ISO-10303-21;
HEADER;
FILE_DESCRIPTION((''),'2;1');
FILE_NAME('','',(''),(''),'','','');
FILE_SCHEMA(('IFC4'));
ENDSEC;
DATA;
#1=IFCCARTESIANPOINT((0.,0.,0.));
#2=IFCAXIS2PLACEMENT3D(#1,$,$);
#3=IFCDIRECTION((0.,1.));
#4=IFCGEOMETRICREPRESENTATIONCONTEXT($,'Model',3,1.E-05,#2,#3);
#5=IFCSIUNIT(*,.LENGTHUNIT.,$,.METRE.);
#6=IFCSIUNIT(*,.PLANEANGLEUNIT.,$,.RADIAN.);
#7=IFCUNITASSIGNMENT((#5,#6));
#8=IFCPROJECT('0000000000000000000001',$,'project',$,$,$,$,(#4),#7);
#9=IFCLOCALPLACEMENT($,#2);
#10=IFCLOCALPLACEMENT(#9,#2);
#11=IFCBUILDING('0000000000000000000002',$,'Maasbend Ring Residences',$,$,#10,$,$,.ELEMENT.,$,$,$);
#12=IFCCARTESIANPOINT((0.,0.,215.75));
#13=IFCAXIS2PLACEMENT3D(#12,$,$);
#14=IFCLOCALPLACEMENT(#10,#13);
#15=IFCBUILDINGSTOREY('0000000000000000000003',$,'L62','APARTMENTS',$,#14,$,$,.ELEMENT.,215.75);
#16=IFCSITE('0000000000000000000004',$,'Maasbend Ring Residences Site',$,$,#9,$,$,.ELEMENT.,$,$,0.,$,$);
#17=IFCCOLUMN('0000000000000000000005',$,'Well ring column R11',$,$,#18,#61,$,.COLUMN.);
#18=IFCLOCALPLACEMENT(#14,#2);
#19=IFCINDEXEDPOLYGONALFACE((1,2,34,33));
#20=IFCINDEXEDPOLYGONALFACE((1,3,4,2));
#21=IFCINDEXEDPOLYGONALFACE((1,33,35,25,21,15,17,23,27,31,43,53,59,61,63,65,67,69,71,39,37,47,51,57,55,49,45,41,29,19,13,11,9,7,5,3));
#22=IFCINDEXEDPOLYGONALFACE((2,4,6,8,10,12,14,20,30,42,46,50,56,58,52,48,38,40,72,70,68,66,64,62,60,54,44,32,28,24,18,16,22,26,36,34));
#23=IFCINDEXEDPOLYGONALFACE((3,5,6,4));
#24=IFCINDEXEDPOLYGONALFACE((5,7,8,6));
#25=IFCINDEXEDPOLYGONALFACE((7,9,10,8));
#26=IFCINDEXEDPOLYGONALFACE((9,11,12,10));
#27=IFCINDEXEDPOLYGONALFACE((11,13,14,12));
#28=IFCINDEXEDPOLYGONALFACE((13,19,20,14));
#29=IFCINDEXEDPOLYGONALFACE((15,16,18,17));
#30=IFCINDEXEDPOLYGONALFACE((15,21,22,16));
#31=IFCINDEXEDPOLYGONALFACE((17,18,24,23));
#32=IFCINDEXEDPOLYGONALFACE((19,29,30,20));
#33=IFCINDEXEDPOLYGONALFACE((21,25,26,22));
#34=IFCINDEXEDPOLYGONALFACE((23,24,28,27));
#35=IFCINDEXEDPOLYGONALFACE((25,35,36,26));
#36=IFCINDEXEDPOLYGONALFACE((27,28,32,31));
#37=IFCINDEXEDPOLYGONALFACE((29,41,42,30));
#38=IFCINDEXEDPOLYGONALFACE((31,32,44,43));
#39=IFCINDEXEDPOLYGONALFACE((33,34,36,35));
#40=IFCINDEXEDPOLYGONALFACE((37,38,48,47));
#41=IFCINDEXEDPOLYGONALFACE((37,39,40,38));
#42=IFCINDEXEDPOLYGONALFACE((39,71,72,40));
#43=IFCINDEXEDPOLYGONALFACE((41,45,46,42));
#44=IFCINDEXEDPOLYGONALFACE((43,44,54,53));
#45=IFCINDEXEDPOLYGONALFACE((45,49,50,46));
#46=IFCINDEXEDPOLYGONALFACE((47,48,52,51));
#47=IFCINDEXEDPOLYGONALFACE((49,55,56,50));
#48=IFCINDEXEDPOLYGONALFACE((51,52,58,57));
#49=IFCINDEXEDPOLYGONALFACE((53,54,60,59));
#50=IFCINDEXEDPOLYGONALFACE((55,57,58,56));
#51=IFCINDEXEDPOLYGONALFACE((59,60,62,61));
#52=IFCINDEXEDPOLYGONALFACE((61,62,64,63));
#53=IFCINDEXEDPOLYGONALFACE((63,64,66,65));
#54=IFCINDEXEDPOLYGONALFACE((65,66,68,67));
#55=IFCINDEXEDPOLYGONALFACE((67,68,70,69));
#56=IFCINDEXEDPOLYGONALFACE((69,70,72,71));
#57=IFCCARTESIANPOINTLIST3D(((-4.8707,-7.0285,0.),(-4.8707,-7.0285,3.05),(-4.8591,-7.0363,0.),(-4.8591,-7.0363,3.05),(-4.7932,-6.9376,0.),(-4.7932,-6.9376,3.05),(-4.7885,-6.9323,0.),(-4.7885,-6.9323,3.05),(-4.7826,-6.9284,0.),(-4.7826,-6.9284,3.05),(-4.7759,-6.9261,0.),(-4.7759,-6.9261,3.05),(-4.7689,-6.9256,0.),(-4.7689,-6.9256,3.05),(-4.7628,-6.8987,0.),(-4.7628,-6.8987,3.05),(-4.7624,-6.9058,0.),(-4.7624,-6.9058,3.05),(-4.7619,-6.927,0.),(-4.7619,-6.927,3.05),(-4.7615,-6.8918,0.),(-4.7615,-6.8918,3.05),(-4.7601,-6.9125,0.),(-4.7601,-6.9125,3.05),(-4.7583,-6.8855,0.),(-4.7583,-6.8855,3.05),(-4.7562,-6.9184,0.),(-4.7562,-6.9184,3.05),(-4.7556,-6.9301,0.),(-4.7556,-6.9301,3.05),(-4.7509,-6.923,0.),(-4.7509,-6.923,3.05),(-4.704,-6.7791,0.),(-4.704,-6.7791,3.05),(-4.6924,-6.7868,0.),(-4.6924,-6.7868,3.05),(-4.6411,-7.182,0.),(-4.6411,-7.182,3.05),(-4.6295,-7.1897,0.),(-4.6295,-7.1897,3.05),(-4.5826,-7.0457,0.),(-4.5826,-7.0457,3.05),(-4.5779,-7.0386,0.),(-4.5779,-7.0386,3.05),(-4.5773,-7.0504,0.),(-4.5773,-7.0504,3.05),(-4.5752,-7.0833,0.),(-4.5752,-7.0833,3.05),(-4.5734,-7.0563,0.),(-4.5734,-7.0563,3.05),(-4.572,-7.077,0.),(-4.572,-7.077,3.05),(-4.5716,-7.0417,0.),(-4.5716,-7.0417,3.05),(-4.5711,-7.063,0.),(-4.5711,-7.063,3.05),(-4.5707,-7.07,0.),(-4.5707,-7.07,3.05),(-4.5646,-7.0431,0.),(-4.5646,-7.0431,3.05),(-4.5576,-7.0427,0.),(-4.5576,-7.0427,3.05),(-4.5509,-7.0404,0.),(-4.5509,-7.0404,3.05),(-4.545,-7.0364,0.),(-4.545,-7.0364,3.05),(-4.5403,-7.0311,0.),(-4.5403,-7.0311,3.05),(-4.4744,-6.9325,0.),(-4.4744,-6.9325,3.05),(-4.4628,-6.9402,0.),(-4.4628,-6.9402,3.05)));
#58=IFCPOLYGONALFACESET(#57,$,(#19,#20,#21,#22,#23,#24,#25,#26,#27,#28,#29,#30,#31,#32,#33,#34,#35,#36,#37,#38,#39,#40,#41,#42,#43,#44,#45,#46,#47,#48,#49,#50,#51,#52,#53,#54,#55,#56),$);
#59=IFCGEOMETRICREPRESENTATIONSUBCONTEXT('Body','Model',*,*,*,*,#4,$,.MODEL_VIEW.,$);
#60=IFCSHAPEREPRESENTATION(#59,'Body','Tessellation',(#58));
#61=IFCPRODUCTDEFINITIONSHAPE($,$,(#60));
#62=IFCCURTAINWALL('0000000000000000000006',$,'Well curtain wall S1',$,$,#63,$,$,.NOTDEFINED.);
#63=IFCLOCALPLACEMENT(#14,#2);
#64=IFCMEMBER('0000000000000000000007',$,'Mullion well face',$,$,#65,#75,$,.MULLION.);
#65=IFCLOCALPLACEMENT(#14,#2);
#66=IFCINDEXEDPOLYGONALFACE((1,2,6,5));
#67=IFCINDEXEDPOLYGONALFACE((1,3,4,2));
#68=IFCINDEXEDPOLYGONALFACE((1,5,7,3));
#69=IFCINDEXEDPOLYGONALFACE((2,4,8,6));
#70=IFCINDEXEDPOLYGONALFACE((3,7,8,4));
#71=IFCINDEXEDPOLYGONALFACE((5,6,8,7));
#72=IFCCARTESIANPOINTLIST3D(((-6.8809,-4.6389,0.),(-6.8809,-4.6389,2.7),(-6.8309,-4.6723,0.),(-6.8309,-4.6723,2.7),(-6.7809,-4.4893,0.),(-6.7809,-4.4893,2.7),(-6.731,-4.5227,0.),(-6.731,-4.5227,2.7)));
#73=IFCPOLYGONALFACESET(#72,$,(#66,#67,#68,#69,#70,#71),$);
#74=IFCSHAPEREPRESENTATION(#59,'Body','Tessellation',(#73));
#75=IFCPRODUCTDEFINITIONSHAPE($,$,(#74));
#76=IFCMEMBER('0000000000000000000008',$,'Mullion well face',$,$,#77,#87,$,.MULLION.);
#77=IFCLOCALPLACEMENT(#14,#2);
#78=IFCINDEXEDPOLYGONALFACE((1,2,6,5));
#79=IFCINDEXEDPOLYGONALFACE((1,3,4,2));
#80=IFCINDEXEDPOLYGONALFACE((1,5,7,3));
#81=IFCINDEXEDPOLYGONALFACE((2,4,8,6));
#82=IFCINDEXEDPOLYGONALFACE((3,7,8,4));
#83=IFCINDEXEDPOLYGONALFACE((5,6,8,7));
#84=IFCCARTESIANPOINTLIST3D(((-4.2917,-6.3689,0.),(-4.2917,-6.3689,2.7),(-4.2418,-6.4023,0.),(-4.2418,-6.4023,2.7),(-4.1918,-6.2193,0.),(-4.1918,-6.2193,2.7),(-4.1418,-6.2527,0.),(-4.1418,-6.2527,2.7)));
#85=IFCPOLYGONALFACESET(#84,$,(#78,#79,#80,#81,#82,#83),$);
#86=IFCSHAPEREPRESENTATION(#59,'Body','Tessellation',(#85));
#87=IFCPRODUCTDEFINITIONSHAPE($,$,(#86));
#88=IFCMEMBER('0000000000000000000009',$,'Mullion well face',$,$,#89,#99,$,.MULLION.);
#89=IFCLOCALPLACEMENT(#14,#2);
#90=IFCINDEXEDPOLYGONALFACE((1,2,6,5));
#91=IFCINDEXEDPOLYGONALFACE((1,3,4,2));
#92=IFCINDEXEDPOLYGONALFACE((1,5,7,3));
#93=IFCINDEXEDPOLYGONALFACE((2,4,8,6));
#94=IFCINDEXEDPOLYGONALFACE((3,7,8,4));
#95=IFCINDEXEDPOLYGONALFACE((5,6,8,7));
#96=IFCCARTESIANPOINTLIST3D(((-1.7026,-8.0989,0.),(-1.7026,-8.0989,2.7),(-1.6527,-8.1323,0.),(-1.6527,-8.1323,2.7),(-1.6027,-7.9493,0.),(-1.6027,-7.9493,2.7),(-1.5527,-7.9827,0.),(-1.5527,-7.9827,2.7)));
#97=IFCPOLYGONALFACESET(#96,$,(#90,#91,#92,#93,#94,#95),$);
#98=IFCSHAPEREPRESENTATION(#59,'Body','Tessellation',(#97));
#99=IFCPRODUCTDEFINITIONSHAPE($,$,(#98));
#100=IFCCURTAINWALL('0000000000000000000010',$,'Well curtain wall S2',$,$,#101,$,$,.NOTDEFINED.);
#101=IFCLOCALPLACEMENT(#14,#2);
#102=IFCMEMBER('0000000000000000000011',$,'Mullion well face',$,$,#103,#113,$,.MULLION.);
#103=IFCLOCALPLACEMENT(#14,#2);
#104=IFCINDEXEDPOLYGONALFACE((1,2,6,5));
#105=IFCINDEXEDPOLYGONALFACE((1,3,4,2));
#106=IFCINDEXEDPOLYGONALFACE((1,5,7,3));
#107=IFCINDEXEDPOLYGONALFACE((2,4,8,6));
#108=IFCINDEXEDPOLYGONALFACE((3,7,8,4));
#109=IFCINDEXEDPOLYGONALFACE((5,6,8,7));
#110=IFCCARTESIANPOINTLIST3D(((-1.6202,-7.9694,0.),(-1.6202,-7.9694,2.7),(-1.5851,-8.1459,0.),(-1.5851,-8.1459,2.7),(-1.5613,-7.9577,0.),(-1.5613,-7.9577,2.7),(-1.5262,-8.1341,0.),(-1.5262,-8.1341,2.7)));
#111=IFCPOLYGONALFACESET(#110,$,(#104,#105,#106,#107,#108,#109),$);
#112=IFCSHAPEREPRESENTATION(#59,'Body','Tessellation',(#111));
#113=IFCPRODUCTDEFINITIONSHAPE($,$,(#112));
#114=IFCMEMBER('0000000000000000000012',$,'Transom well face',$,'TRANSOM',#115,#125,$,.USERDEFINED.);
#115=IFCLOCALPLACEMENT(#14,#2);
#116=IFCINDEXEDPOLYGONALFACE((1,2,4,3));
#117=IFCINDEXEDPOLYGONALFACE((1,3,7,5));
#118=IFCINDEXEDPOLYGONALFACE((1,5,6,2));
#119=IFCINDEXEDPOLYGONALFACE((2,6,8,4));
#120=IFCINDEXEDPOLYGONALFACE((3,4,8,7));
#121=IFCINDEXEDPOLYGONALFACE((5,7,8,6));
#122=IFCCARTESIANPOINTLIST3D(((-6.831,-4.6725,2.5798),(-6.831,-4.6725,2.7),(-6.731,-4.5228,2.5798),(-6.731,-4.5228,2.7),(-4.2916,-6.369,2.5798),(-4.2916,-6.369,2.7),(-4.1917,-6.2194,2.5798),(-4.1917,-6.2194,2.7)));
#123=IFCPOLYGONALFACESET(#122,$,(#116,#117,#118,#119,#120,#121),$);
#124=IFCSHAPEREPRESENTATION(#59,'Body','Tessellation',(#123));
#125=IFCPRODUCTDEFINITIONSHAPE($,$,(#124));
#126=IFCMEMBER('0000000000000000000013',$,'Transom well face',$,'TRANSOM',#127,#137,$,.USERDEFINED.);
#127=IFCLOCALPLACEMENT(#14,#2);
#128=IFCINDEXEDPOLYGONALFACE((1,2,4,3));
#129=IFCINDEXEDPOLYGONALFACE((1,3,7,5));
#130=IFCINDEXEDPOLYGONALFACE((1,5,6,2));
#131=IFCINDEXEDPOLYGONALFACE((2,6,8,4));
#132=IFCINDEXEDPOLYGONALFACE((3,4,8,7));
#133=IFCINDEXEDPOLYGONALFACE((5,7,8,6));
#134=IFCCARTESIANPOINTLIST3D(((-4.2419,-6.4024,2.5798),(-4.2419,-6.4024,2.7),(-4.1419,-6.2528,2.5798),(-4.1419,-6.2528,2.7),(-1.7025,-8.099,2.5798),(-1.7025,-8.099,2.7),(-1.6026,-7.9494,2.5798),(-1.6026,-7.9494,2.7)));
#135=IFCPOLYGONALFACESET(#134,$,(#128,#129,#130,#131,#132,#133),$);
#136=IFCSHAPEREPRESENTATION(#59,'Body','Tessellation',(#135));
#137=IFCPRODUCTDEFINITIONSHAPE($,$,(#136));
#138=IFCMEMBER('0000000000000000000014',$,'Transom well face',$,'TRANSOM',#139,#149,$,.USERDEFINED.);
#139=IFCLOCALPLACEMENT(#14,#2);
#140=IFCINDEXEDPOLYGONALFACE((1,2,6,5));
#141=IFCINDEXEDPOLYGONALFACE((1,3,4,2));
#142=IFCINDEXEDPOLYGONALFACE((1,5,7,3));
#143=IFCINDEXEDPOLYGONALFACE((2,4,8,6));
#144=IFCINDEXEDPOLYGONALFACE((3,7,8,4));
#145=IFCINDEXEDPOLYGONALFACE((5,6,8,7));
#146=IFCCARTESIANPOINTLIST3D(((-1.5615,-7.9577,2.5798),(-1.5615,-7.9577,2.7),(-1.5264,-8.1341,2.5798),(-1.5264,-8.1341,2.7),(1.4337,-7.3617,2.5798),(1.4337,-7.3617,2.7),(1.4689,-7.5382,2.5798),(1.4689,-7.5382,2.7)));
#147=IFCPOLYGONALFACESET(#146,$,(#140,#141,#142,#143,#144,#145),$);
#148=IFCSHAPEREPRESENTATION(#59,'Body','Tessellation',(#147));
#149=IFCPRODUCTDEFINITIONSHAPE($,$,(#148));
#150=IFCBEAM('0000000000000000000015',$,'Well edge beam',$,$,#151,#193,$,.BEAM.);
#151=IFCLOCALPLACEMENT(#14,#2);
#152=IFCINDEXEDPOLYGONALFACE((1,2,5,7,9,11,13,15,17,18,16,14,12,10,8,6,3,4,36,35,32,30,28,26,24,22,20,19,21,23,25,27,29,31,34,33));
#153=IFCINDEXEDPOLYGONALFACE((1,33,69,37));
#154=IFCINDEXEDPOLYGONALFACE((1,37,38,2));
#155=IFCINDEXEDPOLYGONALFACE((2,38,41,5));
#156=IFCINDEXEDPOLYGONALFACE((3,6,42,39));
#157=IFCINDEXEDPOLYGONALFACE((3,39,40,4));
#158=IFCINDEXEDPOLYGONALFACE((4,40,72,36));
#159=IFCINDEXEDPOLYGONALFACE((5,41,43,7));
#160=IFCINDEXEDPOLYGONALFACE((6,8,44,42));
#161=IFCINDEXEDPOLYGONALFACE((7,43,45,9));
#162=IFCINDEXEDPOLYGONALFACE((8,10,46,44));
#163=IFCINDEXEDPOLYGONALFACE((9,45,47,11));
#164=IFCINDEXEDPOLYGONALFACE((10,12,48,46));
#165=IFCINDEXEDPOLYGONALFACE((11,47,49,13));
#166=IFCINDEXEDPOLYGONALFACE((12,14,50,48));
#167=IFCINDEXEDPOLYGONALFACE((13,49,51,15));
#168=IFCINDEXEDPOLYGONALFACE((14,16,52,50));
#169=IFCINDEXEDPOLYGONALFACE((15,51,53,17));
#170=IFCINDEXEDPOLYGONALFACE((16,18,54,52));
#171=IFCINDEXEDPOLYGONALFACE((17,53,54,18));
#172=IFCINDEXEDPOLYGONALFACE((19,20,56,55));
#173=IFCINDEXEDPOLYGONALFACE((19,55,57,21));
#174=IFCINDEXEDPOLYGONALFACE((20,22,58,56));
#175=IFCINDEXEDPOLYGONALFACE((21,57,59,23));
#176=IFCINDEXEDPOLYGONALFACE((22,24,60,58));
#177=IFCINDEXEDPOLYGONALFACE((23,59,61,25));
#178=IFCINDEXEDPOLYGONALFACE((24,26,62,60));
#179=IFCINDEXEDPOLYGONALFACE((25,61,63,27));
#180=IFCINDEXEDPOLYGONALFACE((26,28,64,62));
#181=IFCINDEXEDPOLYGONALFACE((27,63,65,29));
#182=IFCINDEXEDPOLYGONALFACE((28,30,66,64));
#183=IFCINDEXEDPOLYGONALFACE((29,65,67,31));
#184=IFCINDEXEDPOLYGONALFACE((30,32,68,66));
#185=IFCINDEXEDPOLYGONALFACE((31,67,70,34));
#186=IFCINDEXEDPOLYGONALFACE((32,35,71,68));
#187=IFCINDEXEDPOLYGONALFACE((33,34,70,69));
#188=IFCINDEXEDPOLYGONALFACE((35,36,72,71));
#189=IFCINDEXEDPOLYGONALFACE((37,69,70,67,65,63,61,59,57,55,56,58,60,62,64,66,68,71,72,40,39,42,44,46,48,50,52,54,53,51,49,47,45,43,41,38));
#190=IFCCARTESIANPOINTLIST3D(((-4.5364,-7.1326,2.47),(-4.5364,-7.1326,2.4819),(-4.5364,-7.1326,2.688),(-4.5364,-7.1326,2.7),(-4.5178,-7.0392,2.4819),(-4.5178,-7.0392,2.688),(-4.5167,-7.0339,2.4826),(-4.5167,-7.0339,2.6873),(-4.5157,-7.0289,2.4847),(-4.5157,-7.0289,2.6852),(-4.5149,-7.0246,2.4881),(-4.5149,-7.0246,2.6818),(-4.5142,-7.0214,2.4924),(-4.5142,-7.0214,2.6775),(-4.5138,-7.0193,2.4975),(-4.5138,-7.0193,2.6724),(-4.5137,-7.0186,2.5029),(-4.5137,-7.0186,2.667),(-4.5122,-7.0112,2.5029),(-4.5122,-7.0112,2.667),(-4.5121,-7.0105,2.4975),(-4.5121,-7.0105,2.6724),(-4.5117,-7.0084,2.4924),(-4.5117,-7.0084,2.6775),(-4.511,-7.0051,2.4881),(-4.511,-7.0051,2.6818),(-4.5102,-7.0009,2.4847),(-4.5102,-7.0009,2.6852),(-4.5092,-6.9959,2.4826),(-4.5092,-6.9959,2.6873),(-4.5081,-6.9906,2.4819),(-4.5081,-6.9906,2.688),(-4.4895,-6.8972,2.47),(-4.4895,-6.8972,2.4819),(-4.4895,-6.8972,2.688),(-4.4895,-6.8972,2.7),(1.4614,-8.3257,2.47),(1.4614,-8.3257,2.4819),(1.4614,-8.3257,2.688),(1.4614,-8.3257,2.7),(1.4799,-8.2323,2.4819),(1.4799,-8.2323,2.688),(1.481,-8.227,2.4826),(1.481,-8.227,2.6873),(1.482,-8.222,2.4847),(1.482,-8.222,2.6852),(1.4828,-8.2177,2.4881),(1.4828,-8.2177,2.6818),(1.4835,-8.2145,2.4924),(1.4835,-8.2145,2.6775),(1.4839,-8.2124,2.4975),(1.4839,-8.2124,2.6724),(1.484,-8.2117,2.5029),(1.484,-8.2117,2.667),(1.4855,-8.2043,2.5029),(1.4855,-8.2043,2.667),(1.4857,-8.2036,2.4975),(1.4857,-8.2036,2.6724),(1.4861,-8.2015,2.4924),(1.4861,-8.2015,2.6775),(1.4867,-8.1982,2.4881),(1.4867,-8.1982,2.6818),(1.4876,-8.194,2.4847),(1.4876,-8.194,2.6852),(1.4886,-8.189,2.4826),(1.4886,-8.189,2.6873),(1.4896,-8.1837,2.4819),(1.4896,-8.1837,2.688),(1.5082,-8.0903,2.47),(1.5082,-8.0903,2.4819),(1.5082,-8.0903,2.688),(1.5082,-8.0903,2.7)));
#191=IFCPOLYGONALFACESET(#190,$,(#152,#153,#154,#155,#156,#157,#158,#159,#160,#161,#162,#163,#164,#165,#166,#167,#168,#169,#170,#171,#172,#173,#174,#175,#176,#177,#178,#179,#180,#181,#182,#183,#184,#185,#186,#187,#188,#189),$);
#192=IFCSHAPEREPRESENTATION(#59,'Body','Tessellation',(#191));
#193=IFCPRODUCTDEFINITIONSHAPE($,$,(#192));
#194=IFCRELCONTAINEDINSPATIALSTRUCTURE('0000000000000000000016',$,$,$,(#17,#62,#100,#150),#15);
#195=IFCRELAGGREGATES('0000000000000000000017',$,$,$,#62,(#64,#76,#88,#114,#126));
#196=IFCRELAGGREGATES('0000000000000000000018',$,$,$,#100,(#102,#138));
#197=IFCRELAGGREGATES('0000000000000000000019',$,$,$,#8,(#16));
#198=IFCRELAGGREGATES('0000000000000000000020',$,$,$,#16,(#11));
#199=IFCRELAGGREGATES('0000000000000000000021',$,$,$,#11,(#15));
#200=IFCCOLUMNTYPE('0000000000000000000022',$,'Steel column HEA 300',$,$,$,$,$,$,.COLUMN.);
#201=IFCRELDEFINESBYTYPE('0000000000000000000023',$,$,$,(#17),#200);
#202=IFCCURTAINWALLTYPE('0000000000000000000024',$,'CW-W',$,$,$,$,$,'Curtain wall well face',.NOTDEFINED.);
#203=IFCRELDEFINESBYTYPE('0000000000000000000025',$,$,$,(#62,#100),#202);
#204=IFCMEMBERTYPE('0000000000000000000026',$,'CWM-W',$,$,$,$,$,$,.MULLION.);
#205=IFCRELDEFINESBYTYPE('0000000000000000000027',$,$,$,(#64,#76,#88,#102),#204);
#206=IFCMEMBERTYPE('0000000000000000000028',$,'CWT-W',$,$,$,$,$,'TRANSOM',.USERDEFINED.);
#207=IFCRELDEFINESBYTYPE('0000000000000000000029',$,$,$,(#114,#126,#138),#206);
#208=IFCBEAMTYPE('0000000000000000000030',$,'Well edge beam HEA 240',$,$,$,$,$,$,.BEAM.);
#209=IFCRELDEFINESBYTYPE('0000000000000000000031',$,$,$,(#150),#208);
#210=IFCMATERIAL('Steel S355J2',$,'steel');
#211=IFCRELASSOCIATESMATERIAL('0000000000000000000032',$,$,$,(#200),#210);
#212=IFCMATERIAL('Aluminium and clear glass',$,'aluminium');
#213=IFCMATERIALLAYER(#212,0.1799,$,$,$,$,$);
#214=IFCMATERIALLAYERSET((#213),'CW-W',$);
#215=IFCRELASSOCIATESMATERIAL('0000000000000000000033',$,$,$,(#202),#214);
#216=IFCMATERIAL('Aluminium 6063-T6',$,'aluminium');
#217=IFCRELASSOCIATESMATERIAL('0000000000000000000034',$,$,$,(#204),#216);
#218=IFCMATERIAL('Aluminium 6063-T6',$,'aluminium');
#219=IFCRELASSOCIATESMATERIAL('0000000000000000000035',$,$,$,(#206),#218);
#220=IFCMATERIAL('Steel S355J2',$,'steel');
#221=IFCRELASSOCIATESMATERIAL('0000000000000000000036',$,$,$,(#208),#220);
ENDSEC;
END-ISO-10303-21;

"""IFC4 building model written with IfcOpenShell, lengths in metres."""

from ifc_helpers import new_model, si_unit, direction, frame, origin, origin_2d, place, context, subcontext, project, spatial, rectangle, i_section, extrude, material, layer, layer_set, material_profile, profile_set, type_object, element, aggregate, save


model = new_model("IFC4")

# Units and contexts
model_context = context("Model", 3, precision=1e-05, world=origin(), true_north=direction((0.0, 1.0)))
body_context = subcontext(model_context, "Body", "Model", "MODEL_VIEW")
ifc_project = project(units=[si_unit("LENGTHUNIT", "METRE"), si_unit("PLANEANGLEUNIT", "RADIAN")], contexts=[model_context])

# Site, building, storey
site_placement = place(None, origin())
site = spatial("IfcSite", under=ifc_project, at=site_placement, Name="Maasbend Ring Residences Site", CompositionType="ELEMENT", RefElevation=0.0)
building_placement = place(site_placement, origin())
building = spatial("IfcBuilding", under=site, at=building_placement, Name="Maasbend Ring Residences", CompositionType="ELEMENT")
storey_placement = place(building_placement, frame((0.0, 0.0, 215.75)))
storey = spatial("IfcBuildingStorey", under=building, at=storey_placement, Name="L62", Description="APARTMENTS", CompositionType="ELEMENT", Elevation=215.75)

# Column
ifc_material_1 = material(Name="Steel S355J2", Category="steel")
ifc_material_profile_1 = material_profile(ifc_material_1, i_section(OverallWidth=0.3, OverallDepth=0.29, WebThickness=0.0085, FlangeThickness=0.0139, FilletRadius=0.0271, at=origin_2d()), Name="HEA 300")
ifc_profile_set_1 = profile_set([ifc_material_profile_1], Name="Steel S355J2")
column_type = type_object("IfcColumnType", Name="Steel column HEA 300", PredefinedType="COLUMN", material=ifc_profile_set_1)
column_placement = place(storey_placement, frame((-4.6667, -6.9844, 0.0), z_axis=(0.0, 0.0, 1.0), x_axis=(-0.55557, -0.83147, 0.0)))
element("IfcColumn", 1, at=column_placement, inside=storey, type_object=column_type, Name="Well ring column R11", PredefinedType="COLUMN", context=body_context, shape_type="SweptSolid", body=[
    extrude(i_section(OverallWidth=0.3, OverallDepth=0.29, WebThickness=0.0085, FlangeThickness=0.0139, FilletRadius=0.0271, at=origin_2d()), origin(), (0.0, 0.0, 1.0), 3.05),
])

# Curtain wall, members
ifc_material_2 = material(Name="Aluminium and clear glass", Category="aluminium")
ifc_layer_1 = layer(ifc_material_2, 0.1799)
ifc_layer_set_1 = layer_set([ifc_layer_1], Name="CW-W")
curtain_wall_type = type_object("IfcCurtainWallType", Name="CW-W", ElementType="Curtain wall well face", PredefinedType="NOTDEFINED", material=ifc_layer_set_1)
curtain_wall_1_placement = place(storey_placement, origin())
curtain_wall_1 = element("IfcCurtainWall", 2, at=curtain_wall_1_placement, inside=storey, type_object=curtain_wall_type, Name="Well curtain wall S1", PredefinedType="NOTDEFINED")
ifc_material_3 = material(Name="Aluminium 6063-T6", Category="aluminium")
ifc_material_profile_2 = material_profile(ifc_material_3, rectangle(XDim=0.1799, YDim=0.0601, at=origin_2d()), Name="AL 180x60")
ifc_profile_set_2 = profile_set([ifc_material_profile_2], Name="Aluminium 6063-T6")
member_type_1 = type_object("IfcMemberType", Name="CWM-W", PredefinedType="MULLION", material=ifc_profile_set_2)
member_1_placement = place(storey_placement, frame((-6.8059, -4.5808, 0.0), z_axis=(0.0, 0.0, 1.0), x_axis=(0.55557, 0.83147, 0.0)))
member_1 = element("IfcMember", 3, at=member_1_placement, type_object=member_type_1, Name="Mullion well face", PredefinedType="MULLION", context=body_context, shape_type="SweptSolid", body=[
    extrude(rectangle(XDim=0.1799, YDim=0.0601, at=origin_2d()), origin(), (0.0, 0.0, 1.0), 2.7),
])
member_2_placement = place(storey_placement, frame((-4.2168, -6.3108, 0.0), z_axis=(0.0, 0.0, 1.0), x_axis=(0.55557, 0.83147, 0.0)))
member_2 = element("IfcMember", 4, at=member_2_placement, type_object=member_type_1, Name="Mullion well face", PredefinedType="MULLION", context=body_context, shape_type="SweptSolid", body=[
    extrude(rectangle(XDim=0.1799, YDim=0.0601, at=origin_2d()), origin(), (0.0, 0.0, 1.0), 2.7),
])
member_3_placement = place(storey_placement, frame((-1.6277, -8.0408, 0.0), z_axis=(0.0, 0.0, 1.0), x_axis=(0.55557, 0.83147, 0.0)))
member_3 = element("IfcMember", 5, at=member_3_placement, type_object=member_type_1, Name="Mullion well face", PredefinedType="MULLION", context=body_context, shape_type="SweptSolid", body=[
    extrude(rectangle(XDim=0.1799, YDim=0.0601, at=origin_2d()), origin(), (0.0, 0.0, 1.0), 2.7),
])

# Curtain wall, member
curtain_wall_2_placement = place(storey_placement, origin())
curtain_wall_2 = element("IfcCurtainWall", 6, at=curtain_wall_2_placement, inside=storey, type_object=curtain_wall_type, Name="Well curtain wall S2", PredefinedType="NOTDEFINED")
member_4_placement = place(storey_placement, frame((-1.5732, -8.0518, 0.0), z_axis=(0.0, 0.0, 1.0), x_axis=(-0.19509, 0.980785, 0.0)))
member_4 = element("IfcMember", 7, at=member_4_placement, type_object=member_type_1, Name="Mullion well face", PredefinedType="MULLION", context=body_context, shape_type="SweptSolid", body=[
    extrude(rectangle(XDim=0.1799, YDim=0.0601, at=origin_2d()), origin(), (0.0, 0.0, 1.0), 2.7),
])

# Members
ifc_material_4 = material(Name="Aluminium 6063-T6", Category="aluminium")
ifc_material_profile_3 = material_profile(ifc_material_4, rectangle(XDim=0.1799, YDim=0.1201, at=origin_2d()), Name="AL 180x120")
ifc_profile_set_3 = profile_set([ifc_material_profile_3], Name="Aluminium 6063-T6")
member_type_2 = type_object("IfcMemberType", Name="CWT-W", ElementType="TRANSOM", PredefinedType="USERDEFINED", material=ifc_profile_set_3)
member_5_placement = place(storey_placement, frame((-6.781, -4.5977, 2.6399), z_axis=(0.831496, -0.55553, 0.0), x_axis=(0.55553, 0.831496, 0.0)))
member_5 = element("IfcMember", 8, at=member_5_placement, type_object=member_type_2, Name="Transom well face", ObjectType="TRANSOM", PredefinedType="USERDEFINED", context=body_context, shape_type="SweptSolid", body=[
    extrude(rectangle(XDim=0.1799, YDim=0.1201, at=origin_2d()), origin(), (0.0, 0.0, 1.0), 3.054),
])
member_6_placement = place(storey_placement, frame((-4.1919, -6.3276, 2.6399), z_axis=(0.831496, -0.55553, 0.0), x_axis=(0.55553, 0.831496, 0.0)))
member_6 = element("IfcMember", 9, at=member_6_placement, type_object=member_type_2, Name="Transom well face", ObjectType="TRANSOM", PredefinedType="USERDEFINED", context=body_context, shape_type="SweptSolid", body=[
    extrude(rectangle(XDim=0.1799, YDim=0.1201, at=origin_2d()), origin(), (0.0, 0.0, 1.0), 3.054),
])
member_7_placement = place(storey_placement, frame((-1.5439, -8.0459, 2.6399), z_axis=(0.980777, 0.195132, 0.0), x_axis=(-0.195132, 0.980777, 0.0)))
member_7 = element("IfcMember", 10, at=member_7_placement, type_object=member_type_2, Name="Transom well face", ObjectType="TRANSOM", PredefinedType="USERDEFINED", context=body_context, shape_type="SweptSolid", body=[
    extrude(rectangle(XDim=0.1799, YDim=0.1201, at=origin_2d()), origin(), (0.0, 0.0, 1.0), 3.054),
])

# Beam
ifc_material_5 = material(Name="Steel S355J2", Category="steel")
ifc_material_profile_4 = material_profile(ifc_material_5, i_section(OverallWidth=0.24, OverallDepth=0.23, WebThickness=0.0076, FlangeThickness=0.012, FilletRadius=0.021, at=origin_2d()), Name="HEA 240")
ifc_profile_set_4 = profile_set([ifc_material_profile_4], Name="Steel S355J2")
beam_type = type_object("IfcBeamType", Name="Well edge beam HEA 240", PredefinedType="BEAM", material=ifc_profile_set_4)
beam_placement = place(storey_placement, frame((-4.5129, -7.0149, 2.585), z_axis=(0.980783, -0.195103, 0.0), x_axis=(0.195103, 0.980783, 0.0)))
element("IfcBeam", 11, at=beam_placement, inside=storey, type_object=beam_type, Name="Well edge beam", PredefinedType="BEAM", context=body_context, shape_type="SweptSolid", body=[
    extrude(i_section(OverallWidth=0.24, OverallDepth=0.23, WebThickness=0.0076, FlangeThickness=0.012, FilletRadius=0.021, at=origin_2d()), origin(), (0.0, 0.0, 1.0), 6.1152),
])

aggregate(curtain_wall_1, [member_1, member_2, member_3, member_5, member_6])
aggregate(curtain_wall_2, [member_4, member_7])

save(model, "model.ifc")
